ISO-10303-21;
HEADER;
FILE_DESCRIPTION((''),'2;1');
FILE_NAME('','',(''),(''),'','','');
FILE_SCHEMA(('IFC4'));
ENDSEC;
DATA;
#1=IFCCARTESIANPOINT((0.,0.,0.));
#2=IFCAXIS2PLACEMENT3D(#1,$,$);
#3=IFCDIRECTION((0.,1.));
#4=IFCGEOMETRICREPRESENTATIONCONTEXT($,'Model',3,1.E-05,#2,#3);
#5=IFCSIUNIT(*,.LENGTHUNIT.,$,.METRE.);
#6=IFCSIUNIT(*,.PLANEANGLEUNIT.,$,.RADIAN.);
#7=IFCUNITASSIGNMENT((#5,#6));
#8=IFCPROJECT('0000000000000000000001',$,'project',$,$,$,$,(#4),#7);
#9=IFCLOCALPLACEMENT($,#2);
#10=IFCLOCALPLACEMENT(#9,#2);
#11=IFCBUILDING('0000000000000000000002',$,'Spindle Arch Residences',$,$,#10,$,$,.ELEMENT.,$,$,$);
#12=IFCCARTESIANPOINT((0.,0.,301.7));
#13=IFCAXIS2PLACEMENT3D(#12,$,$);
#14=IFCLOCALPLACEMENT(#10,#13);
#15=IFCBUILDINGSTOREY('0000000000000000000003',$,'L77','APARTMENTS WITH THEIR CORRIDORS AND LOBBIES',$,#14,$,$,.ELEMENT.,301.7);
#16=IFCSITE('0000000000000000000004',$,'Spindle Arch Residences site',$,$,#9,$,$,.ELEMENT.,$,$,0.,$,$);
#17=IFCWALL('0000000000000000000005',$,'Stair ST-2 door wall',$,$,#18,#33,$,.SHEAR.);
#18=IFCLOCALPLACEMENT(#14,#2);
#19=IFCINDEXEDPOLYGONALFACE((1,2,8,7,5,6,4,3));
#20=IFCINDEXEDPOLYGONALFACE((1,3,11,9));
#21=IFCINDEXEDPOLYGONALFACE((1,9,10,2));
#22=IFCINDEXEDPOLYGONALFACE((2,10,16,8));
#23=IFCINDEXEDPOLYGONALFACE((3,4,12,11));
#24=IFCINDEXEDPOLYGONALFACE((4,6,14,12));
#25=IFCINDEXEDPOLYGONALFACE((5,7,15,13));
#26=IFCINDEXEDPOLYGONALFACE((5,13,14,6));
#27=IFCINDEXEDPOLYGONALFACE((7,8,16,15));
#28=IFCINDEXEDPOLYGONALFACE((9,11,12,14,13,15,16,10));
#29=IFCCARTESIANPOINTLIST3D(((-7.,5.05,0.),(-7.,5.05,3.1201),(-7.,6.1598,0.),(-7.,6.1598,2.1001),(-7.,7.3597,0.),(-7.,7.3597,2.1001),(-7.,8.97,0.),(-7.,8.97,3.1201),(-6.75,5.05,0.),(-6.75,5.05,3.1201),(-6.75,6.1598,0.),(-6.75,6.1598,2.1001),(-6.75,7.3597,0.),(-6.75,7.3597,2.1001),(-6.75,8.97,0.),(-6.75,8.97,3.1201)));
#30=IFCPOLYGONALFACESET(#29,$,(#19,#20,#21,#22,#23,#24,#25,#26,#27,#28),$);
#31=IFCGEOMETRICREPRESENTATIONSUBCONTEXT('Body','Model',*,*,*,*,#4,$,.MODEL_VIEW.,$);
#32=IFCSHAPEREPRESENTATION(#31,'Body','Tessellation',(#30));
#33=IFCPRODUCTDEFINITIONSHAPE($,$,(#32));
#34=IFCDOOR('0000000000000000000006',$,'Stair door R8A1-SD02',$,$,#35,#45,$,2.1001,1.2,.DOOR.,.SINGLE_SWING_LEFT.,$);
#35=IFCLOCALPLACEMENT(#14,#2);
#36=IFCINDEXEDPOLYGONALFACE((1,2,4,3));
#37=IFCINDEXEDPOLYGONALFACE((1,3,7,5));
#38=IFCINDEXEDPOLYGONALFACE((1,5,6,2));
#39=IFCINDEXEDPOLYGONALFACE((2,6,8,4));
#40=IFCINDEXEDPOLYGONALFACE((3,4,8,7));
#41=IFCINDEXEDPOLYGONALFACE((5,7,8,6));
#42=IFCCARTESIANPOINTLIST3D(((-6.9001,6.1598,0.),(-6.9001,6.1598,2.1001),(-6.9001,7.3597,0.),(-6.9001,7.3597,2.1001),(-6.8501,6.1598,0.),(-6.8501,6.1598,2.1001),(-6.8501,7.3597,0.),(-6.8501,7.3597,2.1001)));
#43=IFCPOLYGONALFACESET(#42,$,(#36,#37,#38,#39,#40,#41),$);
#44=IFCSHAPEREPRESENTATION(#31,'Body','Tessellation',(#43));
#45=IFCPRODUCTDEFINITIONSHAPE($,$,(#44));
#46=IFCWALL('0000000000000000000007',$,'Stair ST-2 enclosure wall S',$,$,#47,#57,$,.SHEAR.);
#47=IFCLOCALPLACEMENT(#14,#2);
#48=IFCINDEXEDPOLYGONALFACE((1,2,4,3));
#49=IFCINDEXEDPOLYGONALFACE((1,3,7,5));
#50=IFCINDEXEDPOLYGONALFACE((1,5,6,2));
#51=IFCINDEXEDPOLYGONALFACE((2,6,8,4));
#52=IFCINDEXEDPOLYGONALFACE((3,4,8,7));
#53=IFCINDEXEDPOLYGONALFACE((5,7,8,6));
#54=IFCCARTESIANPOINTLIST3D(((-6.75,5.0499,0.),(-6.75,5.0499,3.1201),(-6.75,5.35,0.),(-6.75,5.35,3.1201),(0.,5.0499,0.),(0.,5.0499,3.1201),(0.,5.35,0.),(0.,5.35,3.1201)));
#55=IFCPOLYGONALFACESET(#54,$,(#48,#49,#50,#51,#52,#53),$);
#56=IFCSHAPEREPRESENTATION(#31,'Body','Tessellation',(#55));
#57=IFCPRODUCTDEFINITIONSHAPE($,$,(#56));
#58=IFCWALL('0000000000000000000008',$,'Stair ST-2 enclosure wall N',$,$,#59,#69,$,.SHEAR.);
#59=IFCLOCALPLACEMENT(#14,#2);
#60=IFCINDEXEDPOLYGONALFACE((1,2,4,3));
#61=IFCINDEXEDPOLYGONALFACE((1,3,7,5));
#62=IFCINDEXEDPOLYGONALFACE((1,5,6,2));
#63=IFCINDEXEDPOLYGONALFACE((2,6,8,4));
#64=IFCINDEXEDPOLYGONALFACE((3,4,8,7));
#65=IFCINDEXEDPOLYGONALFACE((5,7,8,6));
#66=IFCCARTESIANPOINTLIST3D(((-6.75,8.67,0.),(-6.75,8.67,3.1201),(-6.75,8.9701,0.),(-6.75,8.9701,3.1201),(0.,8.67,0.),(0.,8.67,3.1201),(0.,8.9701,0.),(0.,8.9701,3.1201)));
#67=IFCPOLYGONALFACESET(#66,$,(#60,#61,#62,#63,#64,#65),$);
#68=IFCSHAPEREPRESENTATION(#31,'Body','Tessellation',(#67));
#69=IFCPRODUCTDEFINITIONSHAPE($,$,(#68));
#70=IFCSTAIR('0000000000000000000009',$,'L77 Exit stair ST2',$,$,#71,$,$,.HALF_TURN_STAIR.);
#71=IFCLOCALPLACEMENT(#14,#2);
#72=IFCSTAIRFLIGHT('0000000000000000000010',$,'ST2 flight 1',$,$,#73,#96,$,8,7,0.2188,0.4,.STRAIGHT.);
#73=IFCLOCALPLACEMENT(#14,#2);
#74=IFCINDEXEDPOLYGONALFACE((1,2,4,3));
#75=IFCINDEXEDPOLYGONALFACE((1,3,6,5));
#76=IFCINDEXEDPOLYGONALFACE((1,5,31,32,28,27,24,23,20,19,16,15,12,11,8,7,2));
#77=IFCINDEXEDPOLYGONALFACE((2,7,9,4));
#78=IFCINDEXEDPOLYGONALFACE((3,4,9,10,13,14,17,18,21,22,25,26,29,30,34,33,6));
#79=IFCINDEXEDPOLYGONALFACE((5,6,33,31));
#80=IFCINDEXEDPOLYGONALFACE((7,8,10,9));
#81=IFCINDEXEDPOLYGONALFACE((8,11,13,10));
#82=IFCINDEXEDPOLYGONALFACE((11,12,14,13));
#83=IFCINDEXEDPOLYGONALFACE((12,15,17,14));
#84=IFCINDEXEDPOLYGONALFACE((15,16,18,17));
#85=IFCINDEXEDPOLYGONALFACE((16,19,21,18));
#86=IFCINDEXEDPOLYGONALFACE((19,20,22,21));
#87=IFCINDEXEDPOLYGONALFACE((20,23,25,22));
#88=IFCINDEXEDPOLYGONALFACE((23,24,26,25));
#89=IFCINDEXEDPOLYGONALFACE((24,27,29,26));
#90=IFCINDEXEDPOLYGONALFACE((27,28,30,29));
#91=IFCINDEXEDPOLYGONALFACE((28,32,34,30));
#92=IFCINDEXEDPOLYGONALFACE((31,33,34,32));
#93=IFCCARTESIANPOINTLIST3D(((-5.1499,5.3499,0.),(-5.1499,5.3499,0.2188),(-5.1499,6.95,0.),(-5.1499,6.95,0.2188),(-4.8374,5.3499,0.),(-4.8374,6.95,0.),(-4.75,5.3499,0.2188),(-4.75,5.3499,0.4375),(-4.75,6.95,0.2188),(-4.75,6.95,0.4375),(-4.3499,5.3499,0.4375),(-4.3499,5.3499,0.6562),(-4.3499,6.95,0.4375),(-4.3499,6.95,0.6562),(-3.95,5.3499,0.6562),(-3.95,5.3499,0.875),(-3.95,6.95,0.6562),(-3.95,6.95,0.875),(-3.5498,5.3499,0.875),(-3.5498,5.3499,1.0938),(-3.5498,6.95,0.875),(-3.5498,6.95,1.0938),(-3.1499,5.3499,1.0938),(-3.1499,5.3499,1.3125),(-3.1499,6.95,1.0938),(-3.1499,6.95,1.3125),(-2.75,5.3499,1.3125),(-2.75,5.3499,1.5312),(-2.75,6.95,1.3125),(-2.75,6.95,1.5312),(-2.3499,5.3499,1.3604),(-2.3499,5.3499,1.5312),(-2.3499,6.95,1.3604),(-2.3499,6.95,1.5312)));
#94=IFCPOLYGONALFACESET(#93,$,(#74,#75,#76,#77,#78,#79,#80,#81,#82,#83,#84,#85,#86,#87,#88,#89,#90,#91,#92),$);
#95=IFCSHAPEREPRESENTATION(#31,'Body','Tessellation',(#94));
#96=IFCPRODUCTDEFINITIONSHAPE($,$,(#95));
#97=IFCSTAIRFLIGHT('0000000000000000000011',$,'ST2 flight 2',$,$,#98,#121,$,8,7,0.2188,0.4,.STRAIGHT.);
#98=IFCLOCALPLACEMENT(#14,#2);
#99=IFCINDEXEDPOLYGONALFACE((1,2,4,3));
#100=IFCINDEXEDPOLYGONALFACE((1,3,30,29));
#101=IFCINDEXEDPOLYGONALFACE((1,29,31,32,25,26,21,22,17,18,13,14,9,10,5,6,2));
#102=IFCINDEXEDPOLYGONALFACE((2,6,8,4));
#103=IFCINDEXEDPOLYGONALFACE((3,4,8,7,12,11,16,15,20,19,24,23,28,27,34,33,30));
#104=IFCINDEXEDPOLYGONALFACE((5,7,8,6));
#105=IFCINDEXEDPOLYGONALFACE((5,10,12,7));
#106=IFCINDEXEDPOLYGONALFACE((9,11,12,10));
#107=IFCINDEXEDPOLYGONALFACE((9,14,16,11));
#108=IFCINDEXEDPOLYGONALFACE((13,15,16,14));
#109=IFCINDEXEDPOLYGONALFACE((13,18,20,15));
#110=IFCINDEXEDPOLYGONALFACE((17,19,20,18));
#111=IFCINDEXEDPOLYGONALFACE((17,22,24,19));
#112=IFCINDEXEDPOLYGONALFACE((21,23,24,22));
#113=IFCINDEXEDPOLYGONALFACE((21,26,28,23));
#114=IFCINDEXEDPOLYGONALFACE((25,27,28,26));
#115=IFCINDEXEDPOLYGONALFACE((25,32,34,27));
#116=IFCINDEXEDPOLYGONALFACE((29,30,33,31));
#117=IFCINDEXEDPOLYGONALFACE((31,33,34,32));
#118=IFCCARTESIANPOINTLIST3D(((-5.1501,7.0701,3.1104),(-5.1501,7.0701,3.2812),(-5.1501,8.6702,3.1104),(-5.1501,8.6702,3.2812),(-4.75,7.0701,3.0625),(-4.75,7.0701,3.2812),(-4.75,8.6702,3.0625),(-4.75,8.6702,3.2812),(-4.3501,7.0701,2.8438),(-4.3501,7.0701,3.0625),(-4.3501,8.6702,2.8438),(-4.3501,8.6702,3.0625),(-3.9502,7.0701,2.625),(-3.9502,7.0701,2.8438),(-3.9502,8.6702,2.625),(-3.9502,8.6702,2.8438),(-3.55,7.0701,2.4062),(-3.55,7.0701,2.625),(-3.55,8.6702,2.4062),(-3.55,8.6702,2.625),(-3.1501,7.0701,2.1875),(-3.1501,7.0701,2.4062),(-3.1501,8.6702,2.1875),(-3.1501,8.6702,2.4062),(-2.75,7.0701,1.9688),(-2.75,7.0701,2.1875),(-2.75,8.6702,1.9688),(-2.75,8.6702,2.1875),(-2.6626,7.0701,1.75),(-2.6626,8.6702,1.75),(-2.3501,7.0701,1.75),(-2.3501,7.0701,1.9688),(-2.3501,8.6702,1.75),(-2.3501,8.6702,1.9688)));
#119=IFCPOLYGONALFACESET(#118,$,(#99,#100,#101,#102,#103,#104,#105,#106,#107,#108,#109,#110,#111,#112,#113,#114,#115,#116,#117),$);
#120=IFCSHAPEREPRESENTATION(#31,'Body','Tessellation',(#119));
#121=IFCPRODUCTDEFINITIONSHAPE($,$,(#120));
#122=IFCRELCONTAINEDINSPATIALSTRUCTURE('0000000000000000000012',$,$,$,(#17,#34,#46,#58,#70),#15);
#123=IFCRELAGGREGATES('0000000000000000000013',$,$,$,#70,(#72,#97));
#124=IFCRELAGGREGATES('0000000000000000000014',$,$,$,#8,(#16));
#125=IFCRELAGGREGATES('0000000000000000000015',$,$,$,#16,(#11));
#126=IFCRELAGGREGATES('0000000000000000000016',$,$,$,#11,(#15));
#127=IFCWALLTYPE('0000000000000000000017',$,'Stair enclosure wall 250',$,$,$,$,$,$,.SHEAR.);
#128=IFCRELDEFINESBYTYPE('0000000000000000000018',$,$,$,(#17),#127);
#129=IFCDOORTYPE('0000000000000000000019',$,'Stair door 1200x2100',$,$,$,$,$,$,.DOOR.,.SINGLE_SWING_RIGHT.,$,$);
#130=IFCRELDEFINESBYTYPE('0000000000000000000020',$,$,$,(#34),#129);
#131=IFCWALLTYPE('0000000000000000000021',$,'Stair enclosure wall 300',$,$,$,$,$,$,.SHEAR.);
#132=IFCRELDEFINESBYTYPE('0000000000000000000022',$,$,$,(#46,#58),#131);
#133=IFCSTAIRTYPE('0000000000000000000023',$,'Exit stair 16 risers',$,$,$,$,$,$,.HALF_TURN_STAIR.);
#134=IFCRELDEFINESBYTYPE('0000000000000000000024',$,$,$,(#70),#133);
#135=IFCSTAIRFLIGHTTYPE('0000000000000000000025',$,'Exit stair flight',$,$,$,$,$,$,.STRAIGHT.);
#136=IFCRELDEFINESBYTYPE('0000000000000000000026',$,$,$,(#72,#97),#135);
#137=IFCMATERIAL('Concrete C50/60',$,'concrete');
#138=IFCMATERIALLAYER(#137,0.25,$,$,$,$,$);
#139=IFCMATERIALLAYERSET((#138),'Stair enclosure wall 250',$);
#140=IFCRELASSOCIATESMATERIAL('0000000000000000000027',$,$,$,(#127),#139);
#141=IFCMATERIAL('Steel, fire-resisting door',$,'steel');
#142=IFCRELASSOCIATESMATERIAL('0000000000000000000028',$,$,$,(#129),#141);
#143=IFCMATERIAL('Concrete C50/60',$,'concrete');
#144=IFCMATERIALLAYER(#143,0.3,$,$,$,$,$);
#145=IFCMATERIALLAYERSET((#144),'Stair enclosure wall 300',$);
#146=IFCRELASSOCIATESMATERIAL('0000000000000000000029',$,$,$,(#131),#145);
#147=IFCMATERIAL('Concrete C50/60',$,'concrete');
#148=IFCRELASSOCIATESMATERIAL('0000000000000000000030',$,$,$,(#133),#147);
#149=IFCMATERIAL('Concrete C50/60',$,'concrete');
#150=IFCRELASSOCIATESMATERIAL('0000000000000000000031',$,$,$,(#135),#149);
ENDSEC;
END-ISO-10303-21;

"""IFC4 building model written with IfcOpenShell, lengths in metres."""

from ifc_helpers import new_model, si_unit, direction, frame, frame_2d, origin, place, context, subcontext, project, spatial, polyline, rectangle, outline, extrude, material, layer, layer_set, type_object, element, fill, aggregate, save


model = new_model("IFC4")

# Units and contexts
model_context = context("Model", 3, precision=1e-05, world=origin(), true_north=direction((0.0, 1.0)))
body_context = subcontext(model_context, "Body", "Model", "MODEL_VIEW")
ifc_project = project(units=[si_unit("LENGTHUNIT", "METRE"), si_unit("PLANEANGLEUNIT", "RADIAN")], contexts=[model_context])

# Site, building, storey
site_placement = place(None, origin())
site = spatial("IfcSite", under=ifc_project, at=site_placement, Name="Spindle Arch Residences site", CompositionType="ELEMENT", RefElevation=0.0)
building_placement = place(site_placement, origin())
building = spatial("IfcBuilding", under=site, at=building_placement, Name="Spindle Arch Residences", CompositionType="ELEMENT")
storey_placement = place(building_placement, frame((0.0, 0.0, 301.7)))
storey = spatial("IfcBuildingStorey", under=building, at=storey_placement, Name="L77", Description="APARTMENTS WITH THEIR CORRIDORS AND LOBBIES", CompositionType="ELEMENT", Elevation=301.7)

# Wall, opening, door
ifc_material_1 = material(Name="Concrete C50/60", Category="concrete")
ifc_layer_1 = layer(ifc_material_1, 0.25)
ifc_layer_set_1 = layer_set([ifc_layer_1], Name="Stair enclosure wall 250")
wall_type_1 = type_object("IfcWallType", Name="Stair enclosure wall 250", PredefinedType="SHEAR", material=ifc_layer_set_1)
wall_1_placement = place(storey_placement, frame((-6.875, 8.97, 0.0), z_axis=(0.0, 0.0, 1.0), x_axis=(0.0, -1.0, 0.0)))
wall_1 = element("IfcWall", 1, at=wall_1_placement, inside=storey, type_object=wall_type_1, Name="Stair ST-2 door wall", PredefinedType="SHEAR", context=body_context, shape_type="SweptSolid", body=[
    extrude(rectangle(XDim=3.9199, YDim=0.25, at=frame_2d((1.96, 0.0))), origin(), (0.0, 0.0, 1.0), 3.1201),
])
opening_1_placement = place(wall_1_placement, frame((1.6101, 0.0, 0.0)))
opening_1 = element("IfcOpeningElement", 2, at=opening_1_placement, cuts=wall_1, PredefinedType="OPENING", context=body_context, shape_type="SweptSolid", body=[
    extrude(rectangle(XDim=1.2, YDim=2.1001, at=frame_2d((0.6001, 1.05))), frame((0.0, 0.135, 0.0), z_axis=(0.0, -1.0, 0.0), x_axis=(1.0, 0.0, 0.0)), (0.0, 0.0, 1.0), 0.27),
])
ifc_material_2 = material(Name="Steel, fire-resisting door", Category="steel")
door_type_1 = type_object("IfcDoorType", Name="Stair door 1200x2100", OperationType="SINGLE_SWING_RIGHT", PredefinedType="DOOR", material=ifc_material_2)
door_1_placement = place(opening_1_placement, origin())
door_1 = element("IfcDoor", 3, at=door_1_placement, inside=storey, type_object=door_type_1, Name="Stair door R8A1-SD02", OperationType="SINGLE_SWING_LEFT", OverallHeight=2.1001, OverallWidth=1.2, PredefinedType="DOOR", context=body_context, shape_type="SweptSolid", body=[
    extrude(rectangle(XDim=1.2, YDim=2.1001, at=frame_2d((0.6001, 1.05))), frame((0.0, 0.0249, 0.0), z_axis=(0.0, -1.0, 0.0), x_axis=(1.0, 0.0, 0.0)), (0.0, 0.0, 1.0), 0.05),
])
fill(opening_1, door_1)

# Walls
ifc_material_3 = material(Name="Concrete C50/60", Category="concrete")
ifc_layer_2 = layer(ifc_material_3, 0.3)
ifc_layer_set_2 = layer_set([ifc_layer_2], Name="Stair enclosure wall 300")
wall_type_2 = type_object("IfcWallType", Name="Stair enclosure wall 300", PredefinedType="SHEAR", material=ifc_layer_set_2)
for number, where, z_axis, x_axis, name in (
    (4, (-6.75, 5.2, 0.0), (0.0, 0.0, 1.0), (1.0, 0.0, 0.0), "Stair ST-2 enclosure wall S"),
    (5, (-6.75, 8.8201, 0.0), (0.0, 0.0, 1.0), (1.0, 0.0, 0.0), "Stair ST-2 enclosure wall N"),
):
    element("IfcWall", number, at=place(storey_placement, frame(where, z_axis=z_axis, x_axis=x_axis)), inside=storey, type_object=wall_type_2, Name=name, PredefinedType="SHEAR", context=body_context, shape_type="SweptSolid", body=[
        extrude(rectangle(XDim=6.75, YDim=0.3, at=frame_2d((3.375, 0.0))), origin(), (0.0, 0.0, 1.0), 3.1201),
    ])

# Stair, stair flights
ifc_material_4 = material(Name="Concrete C50/60", Category="concrete")
stair_type = type_object("IfcStairType", Name="Exit stair 16 risers", PredefinedType="HALF_TURN_STAIR", material=ifc_material_4)
stair_placement = place(storey_placement, origin())
stair = element("IfcStair", 6, at=stair_placement, inside=storey, type_object=stair_type, Name="L77 Exit stair ST2", PredefinedType="HALF_TURN_STAIR")
ifc_material_5 = material(Name="Concrete C50/60", Category="concrete")
stair_flight_type = type_object("IfcStairFlightType", Name="Exit stair flight", PredefinedType="STRAIGHT", material=ifc_material_5)
stair_flight_1_placement = place(storey_placement, frame((-5.1499, 6.1499, 0.0), z_axis=(0.0, 0.0, 1.0), x_axis=(1.0, 0.0, 0.0)))
stair_flight_1 = element("IfcStairFlight", 7, at=stair_flight_1_placement, type_object=stair_flight_type, Name="ST2 flight 1", NumberOfRisers=8, NumberOfTreads=7, PredefinedType="STRAIGHT", RiserHeight=0.2188, TreadLength=0.4, context=body_context, shape_type="SweptSolid", body=[
    extrude(outline(polyline([(0.0, 0.0), (0.0, 0.2188), (0.3999, 0.2188), (0.3999, 0.4375), (0.8, 0.4375), (0.8, 0.6562), (1.2, 0.6562), (1.2, 0.875), (1.6001, 0.875), (1.6001, 1.0938), (2.0, 1.0938), (2.0, 1.3125), (2.3999, 1.3125), (2.3999, 1.5312), (2.8, 1.5312), (2.8, 1.75), (2.8, 1.3604), (0.3125, 0.0), (0.0, 0.0)])), frame((0.0, 0.8, 0.0), z_axis=(0.0, -1.0, 0.0), x_axis=(1.0, 0.0, 0.0)), (0.0, 0.0, 1.0), 1.6001),
])
stair_flight_2_placement = place(storey_placement, frame((-2.3501, 7.8701, 1.75), z_axis=(0.0, 0.0, 1.0), x_axis=(-1.0, 0.0, 0.0)))
stair_flight_2 = element("IfcStairFlight", 8, at=stair_flight_2_placement, type_object=stair_flight_type, Name="ST2 flight 2", NumberOfRisers=8, NumberOfTreads=7, PredefinedType="STRAIGHT", RiserHeight=0.2188, TreadLength=0.4, context=body_context, shape_type="SweptSolid", body=[
    extrude(outline(polyline([(0.0, 0.0), (0.0, 0.2188), (0.3999, 0.2188), (0.3999, 0.4375), (0.8, 0.4375), (0.8, 0.6562), (1.2, 0.6562), (1.2, 0.875), (1.6001, 0.875), (1.6001, 1.0938), (2.0, 1.0938), (2.0, 1.3125), (2.3999, 1.3125), (2.3999, 1.5312), (2.8, 1.5312), (2.8, 1.75), (2.8, 1.3604), (0.3125, 0.0), (0.0, 0.0)])), frame((0.0, 0.8, 0.0), z_axis=(0.0, -1.0, 0.0), x_axis=(1.0, 0.0, 0.0)), (0.0, 0.0, 1.0), 1.6001),
])
aggregate(stair, [stair_flight_1, stair_flight_2])

save(model, "model.ifc")
